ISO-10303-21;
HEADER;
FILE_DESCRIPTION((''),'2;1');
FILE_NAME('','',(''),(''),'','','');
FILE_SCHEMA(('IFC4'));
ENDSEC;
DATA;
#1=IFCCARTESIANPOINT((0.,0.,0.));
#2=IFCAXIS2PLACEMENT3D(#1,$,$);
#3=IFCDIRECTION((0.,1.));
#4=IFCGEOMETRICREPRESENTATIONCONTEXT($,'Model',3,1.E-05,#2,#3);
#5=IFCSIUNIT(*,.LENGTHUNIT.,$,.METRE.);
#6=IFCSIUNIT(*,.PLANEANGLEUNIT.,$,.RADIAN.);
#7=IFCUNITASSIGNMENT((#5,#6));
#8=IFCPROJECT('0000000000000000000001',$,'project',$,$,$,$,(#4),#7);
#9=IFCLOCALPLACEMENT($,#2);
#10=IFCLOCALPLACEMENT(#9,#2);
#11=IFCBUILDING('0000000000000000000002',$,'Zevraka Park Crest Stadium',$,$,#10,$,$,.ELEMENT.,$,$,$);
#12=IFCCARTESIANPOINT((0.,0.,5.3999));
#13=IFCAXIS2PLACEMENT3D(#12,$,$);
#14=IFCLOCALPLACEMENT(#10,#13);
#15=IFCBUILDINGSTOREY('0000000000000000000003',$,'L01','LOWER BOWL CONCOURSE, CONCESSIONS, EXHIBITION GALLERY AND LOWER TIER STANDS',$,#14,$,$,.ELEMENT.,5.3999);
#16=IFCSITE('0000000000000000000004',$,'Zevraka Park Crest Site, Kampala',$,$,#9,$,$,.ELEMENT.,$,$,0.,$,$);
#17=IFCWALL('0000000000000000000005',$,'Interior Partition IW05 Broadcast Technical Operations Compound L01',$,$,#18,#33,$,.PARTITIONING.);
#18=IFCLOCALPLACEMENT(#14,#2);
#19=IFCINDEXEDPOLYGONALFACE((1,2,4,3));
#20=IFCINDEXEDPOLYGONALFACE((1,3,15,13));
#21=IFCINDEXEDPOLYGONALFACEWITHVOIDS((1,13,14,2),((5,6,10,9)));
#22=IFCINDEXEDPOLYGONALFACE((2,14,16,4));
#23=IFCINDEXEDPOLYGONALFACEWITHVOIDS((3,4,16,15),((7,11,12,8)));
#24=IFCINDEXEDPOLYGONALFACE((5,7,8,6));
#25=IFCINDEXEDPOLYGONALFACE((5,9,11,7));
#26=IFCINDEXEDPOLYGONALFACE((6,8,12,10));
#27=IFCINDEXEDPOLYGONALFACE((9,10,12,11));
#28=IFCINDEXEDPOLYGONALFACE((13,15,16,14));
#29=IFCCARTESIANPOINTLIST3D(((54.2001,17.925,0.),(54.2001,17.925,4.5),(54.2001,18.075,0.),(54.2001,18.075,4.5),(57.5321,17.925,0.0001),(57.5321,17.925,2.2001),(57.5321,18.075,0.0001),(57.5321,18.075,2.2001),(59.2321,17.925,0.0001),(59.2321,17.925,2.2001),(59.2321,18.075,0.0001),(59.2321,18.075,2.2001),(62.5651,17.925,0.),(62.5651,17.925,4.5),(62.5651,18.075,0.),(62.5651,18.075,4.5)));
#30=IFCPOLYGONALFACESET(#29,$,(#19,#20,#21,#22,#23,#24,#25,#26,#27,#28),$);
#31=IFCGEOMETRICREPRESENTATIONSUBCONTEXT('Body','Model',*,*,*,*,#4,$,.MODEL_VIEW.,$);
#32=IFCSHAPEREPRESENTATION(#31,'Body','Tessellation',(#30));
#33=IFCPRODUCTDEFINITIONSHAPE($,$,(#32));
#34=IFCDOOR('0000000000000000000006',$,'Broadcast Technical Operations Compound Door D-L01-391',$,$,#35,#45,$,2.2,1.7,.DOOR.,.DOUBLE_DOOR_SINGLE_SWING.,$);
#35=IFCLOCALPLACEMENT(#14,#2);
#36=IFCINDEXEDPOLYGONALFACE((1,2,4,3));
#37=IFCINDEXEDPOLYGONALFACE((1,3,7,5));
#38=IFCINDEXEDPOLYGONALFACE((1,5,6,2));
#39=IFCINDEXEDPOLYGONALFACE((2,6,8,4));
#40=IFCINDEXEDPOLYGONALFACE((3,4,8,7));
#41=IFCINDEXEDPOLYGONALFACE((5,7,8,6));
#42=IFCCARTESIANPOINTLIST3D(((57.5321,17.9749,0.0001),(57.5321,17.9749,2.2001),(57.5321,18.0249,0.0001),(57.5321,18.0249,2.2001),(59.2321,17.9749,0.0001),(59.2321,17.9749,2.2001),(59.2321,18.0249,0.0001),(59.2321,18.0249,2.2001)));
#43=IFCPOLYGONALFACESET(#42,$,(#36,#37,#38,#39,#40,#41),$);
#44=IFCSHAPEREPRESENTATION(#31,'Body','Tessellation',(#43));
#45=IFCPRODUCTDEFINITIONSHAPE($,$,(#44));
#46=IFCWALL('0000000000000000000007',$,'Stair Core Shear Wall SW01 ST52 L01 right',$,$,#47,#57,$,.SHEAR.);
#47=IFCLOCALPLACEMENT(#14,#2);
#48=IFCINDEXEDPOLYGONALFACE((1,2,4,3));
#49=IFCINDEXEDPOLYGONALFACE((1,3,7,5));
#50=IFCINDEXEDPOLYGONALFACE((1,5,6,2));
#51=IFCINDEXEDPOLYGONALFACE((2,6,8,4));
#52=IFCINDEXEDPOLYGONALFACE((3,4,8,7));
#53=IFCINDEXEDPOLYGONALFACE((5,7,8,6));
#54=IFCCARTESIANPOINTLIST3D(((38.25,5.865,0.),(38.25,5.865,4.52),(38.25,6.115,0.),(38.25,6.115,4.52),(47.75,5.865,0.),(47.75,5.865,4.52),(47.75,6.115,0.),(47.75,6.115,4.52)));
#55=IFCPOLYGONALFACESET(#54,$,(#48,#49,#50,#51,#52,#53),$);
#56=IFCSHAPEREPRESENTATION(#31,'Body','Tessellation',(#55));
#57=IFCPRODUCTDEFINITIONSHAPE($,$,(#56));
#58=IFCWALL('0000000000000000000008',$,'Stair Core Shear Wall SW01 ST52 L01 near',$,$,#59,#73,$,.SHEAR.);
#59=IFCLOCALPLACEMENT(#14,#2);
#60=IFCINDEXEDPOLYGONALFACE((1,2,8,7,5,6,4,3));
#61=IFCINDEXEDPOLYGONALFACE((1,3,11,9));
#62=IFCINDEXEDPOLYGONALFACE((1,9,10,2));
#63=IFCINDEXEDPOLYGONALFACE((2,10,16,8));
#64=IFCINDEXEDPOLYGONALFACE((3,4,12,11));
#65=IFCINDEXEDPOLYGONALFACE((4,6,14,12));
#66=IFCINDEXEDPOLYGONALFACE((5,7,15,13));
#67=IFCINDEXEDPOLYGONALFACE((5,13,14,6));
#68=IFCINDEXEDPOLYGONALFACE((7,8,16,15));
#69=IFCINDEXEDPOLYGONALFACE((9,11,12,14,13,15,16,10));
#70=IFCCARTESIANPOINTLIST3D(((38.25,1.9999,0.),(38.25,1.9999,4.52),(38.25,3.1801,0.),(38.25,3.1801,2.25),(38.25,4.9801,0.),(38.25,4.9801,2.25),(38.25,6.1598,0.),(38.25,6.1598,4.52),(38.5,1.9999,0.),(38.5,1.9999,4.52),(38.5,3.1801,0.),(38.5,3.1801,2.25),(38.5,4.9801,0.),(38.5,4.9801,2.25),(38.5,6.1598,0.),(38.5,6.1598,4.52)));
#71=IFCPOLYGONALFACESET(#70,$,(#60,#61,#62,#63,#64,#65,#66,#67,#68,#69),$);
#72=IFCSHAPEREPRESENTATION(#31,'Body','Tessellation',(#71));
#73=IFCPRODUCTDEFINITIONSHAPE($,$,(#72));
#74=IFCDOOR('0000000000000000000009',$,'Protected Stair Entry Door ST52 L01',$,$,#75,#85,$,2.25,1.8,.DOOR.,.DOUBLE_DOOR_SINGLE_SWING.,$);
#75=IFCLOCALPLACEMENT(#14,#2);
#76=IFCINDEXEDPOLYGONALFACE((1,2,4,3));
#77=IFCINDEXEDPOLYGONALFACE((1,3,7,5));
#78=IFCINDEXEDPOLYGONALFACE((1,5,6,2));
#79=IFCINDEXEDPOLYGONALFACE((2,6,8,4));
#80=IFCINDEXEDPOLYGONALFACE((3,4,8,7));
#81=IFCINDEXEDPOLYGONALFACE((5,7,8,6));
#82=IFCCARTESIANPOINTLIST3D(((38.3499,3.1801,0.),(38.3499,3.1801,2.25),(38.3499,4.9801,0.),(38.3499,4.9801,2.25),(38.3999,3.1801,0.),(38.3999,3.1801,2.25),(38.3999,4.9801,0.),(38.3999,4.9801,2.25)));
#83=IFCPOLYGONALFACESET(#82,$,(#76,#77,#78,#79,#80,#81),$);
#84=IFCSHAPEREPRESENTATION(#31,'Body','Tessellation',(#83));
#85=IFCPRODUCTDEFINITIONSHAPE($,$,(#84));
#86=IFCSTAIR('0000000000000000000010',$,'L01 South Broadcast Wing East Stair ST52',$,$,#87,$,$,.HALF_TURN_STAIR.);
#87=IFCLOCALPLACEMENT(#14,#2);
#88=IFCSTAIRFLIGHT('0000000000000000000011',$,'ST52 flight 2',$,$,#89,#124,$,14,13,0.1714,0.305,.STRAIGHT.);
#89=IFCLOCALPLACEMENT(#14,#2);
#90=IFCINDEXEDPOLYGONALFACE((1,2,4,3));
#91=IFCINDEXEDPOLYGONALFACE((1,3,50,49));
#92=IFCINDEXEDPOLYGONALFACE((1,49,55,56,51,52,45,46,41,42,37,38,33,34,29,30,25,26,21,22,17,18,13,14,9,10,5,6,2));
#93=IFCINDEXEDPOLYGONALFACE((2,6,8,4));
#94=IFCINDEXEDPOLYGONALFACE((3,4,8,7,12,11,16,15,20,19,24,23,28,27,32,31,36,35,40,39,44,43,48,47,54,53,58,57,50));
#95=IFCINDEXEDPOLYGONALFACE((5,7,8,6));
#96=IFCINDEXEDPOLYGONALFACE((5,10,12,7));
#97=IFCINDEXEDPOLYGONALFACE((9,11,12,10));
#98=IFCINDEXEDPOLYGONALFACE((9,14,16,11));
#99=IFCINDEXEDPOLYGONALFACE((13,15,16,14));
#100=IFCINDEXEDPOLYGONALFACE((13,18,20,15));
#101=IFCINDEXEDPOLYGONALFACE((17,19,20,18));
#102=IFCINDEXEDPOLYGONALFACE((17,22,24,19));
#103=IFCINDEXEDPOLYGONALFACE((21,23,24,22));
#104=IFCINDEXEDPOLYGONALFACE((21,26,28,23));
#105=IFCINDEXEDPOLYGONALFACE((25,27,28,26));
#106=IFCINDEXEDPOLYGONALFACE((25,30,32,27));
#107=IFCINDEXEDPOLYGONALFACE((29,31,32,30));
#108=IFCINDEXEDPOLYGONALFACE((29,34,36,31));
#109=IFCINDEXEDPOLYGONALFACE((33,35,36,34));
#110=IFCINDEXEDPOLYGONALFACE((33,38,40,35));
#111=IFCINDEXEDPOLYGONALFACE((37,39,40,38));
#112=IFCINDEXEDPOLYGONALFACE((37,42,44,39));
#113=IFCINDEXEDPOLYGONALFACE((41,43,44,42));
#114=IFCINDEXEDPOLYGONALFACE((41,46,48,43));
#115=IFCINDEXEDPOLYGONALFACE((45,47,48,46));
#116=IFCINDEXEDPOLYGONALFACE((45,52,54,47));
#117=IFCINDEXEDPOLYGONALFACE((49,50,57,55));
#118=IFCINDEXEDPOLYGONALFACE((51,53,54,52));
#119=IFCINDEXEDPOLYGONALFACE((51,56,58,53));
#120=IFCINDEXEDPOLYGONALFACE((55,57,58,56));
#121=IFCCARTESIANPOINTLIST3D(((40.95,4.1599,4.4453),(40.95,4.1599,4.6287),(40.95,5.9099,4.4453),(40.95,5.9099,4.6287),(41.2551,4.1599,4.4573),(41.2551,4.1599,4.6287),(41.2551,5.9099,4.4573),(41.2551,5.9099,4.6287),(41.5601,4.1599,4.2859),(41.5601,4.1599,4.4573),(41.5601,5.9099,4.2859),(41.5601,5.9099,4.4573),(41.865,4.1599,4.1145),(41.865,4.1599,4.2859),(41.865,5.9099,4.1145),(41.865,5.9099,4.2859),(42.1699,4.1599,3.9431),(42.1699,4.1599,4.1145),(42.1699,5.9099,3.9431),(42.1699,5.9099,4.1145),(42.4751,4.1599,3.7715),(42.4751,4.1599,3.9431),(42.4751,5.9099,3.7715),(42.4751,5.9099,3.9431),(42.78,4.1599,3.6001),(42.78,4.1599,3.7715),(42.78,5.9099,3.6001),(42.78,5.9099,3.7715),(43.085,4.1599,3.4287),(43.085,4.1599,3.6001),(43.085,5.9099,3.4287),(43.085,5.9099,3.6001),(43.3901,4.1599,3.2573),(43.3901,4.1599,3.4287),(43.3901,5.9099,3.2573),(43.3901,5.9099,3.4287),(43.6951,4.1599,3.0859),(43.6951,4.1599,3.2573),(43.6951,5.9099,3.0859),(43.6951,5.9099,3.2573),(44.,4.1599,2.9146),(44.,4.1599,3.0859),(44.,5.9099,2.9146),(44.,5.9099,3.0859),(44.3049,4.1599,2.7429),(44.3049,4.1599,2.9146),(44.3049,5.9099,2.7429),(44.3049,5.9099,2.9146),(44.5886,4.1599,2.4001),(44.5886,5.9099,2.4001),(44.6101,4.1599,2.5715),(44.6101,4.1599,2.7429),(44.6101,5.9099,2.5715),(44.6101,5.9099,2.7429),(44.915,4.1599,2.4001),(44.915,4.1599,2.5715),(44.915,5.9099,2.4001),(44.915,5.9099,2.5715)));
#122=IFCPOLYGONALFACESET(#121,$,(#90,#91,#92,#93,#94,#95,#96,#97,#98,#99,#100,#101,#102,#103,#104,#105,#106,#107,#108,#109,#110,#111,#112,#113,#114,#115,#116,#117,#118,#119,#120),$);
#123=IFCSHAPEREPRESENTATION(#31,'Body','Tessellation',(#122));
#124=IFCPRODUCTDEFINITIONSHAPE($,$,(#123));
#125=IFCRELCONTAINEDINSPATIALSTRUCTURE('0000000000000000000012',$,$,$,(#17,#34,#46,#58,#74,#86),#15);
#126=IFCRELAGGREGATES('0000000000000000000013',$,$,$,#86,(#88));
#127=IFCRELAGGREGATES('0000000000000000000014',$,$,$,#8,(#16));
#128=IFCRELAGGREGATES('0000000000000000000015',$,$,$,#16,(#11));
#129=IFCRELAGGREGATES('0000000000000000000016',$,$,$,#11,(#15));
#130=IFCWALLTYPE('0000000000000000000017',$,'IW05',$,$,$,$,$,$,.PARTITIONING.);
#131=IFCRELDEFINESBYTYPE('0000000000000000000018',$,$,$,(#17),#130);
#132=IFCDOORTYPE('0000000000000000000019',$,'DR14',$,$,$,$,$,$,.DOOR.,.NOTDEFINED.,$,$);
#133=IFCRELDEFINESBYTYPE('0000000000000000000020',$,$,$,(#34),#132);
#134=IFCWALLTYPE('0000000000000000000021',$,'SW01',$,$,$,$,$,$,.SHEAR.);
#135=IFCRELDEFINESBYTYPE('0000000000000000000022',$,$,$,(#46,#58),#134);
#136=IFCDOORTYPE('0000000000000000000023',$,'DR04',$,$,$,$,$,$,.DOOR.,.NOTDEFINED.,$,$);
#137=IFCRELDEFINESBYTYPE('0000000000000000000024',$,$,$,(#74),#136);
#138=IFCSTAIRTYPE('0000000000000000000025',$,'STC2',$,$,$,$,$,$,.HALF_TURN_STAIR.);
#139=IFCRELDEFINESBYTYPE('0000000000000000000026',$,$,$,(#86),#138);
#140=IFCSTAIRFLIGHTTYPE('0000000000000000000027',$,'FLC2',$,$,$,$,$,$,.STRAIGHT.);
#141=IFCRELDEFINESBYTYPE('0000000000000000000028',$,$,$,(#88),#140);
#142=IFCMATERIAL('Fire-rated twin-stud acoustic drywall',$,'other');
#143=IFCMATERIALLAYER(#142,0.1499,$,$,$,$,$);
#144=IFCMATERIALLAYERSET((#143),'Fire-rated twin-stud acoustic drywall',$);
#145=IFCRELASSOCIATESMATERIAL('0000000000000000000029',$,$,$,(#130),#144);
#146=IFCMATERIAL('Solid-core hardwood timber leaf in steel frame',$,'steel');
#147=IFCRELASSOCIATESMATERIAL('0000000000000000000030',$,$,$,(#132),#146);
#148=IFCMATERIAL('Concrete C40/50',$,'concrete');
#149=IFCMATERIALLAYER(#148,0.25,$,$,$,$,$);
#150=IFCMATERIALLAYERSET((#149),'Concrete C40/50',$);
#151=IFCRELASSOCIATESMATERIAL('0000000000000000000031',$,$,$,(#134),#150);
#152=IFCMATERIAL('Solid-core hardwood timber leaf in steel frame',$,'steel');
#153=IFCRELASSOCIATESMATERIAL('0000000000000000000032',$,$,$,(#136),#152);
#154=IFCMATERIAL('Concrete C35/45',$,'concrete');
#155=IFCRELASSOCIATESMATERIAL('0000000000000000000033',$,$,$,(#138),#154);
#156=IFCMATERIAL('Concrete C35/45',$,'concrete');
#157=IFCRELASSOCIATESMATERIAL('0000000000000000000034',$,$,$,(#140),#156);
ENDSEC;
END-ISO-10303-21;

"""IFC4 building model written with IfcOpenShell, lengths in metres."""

from ifc_helpers import new_model, si_unit, direction, frame, frame_2d, origin, place, context, subcontext, project, spatial, polyline, rectangle, outline, extrude, material, layer, layer_set, type_object, element, fill, aggregate, save


model = new_model("IFC4")

# Units and contexts
model_context = context("Model", 3, precision=1e-05, world=origin(), true_north=direction((0.0, 1.0)))
body_context = subcontext(model_context, "Body", "Model", "MODEL_VIEW")
ifc_project = project(units=[si_unit("LENGTHUNIT", "METRE"), si_unit("PLANEANGLEUNIT", "RADIAN")], contexts=[model_context])

# Site, building, storey
site_placement = place(None, origin())
site = spatial("IfcSite", under=ifc_project, at=site_placement, Name="Zevraka Park Crest Site, Kampala", CompositionType="ELEMENT", RefElevation=0.0)
building_placement = place(site_placement, origin())
building = spatial("IfcBuilding", under=site, at=building_placement, Name="Zevraka Park Crest Stadium", CompositionType="ELEMENT")
storey_placement = place(building_placement, frame((0.0, 0.0, 5.3999)))
storey = spatial("IfcBuildingStorey", under=building, at=storey_placement, Name="L01", Description="LOWER BOWL CONCOURSE, CONCESSIONS, EXHIBITION GALLERY AND LOWER TIER STANDS", CompositionType="ELEMENT", Elevation=5.3999)

# Wall, opening, door
ifc_material_1 = material(Name="Fire-rated twin-stud acoustic drywall", Category="other")
ifc_layer_1 = layer(ifc_material_1, 0.1499)
ifc_layer_set_1 = layer_set([ifc_layer_1], Name="Fire-rated twin-stud acoustic drywall")
wall_type_1 = type_object("IfcWallType", Name="IW05", PredefinedType="PARTITIONING", material=ifc_layer_set_1)
wall_1_placement = place(storey_placement, frame((54.2, 18.0, 0.0), z_axis=(0.0, 0.0, 1.0), x_axis=(1.0, 0.0, 0.0)))
wall_1 = element("IfcWall", 1, at=wall_1_placement, inside=storey, type_object=wall_type_1, Name="Interior Partition IW05 Broadcast Technical Operations Compound L01", PredefinedType="PARTITIONING", context=body_context, shape_type="SweptSolid", body=[
    extrude(rectangle(XDim=8.365, YDim=0.1499, at=frame_2d((4.1826, 0.0))), origin(), (0.0, 0.0, 1.0), 4.5),
])
opening_1_placement = place(wall_1_placement, frame((3.332, 0.0, 0.0)))
opening_1 = element("IfcOpeningElement", 2, at=opening_1_placement, cuts=wall_1, PredefinedType="OPENING", context=body_context, shape_type="SweptSolid", body=[
    extrude(rectangle(XDim=1.7, YDim=2.2, at=frame_2d((0.8501, 1.1001))), frame((0.0, 0.085, 0.0), z_axis=(0.0, -1.0, 0.0), x_axis=(1.0, 0.0, 0.0)), (0.0, 0.0, 1.0), 0.1699),
])
ifc_material_2 = material(Name="Solid-core hardwood timber leaf in steel frame", Category="steel")
door_type_1 = type_object("IfcDoorType", Name="DR14", OperationType="NOTDEFINED", PredefinedType="DOOR", material=ifc_material_2)
door_1_placement = place(opening_1_placement, origin())
door_1 = element("IfcDoor", 3, at=door_1_placement, inside=storey, type_object=door_type_1, Name="Broadcast Technical Operations Compound Door D-L01-391", OperationType="DOUBLE_DOOR_SINGLE_SWING", OverallHeight=2.2, OverallWidth=1.7, PredefinedType="DOOR", context=body_context, shape_type="SweptSolid", body=[
    extrude(rectangle(XDim=1.7, YDim=2.2, at=frame_2d((0.8501, 1.1001))), frame((0.0, 0.0249, 0.0), z_axis=(0.0, -1.0, 0.0), x_axis=(1.0, 0.0, 0.0)), (0.0, 0.0, 1.0), 0.05),
])
fill(opening_1, door_1)

# Wall
ifc_material_3 = material(Name="Concrete C40/50", Category="concrete")
ifc_layer_2 = layer(ifc_material_3, 0.25)
ifc_layer_set_2 = layer_set([ifc_layer_2], Name="Concrete C40/50")
wall_type_2 = type_object("IfcWallType", Name="SW01", PredefinedType="SHEAR", material=ifc_layer_set_2)
wall_2_placement = place(storey_placement, frame((47.75, 5.99, 0.0), z_axis=(0.0, 0.0, 1.0), x_axis=(-1.0, 0.0, 0.0)))
element("IfcWall", 4, at=wall_2_placement, inside=storey, type_object=wall_type_2, Name="Stair Core Shear Wall SW01 ST52 L01 right", PredefinedType="SHEAR", context=body_context, shape_type="SweptSolid", body=[
    extrude(rectangle(XDim=9.5, YDim=0.25, at=frame_2d((4.75, 0.0))), origin(), (0.0, 0.0, 1.0), 4.52),
])

# Wall, opening, door
wall_3_placement = place(storey_placement, frame((38.375, 6.1599, 0.0), z_axis=(0.0, 0.0, 1.0), x_axis=(0.0, -1.0, 0.0)))
wall_3 = element("IfcWall", 5, at=wall_3_placement, inside=storey, type_object=wall_type_2, Name="Stair Core Shear Wall SW01 ST52 L01 near", PredefinedType="SHEAR", context=body_context, shape_type="SweptSolid", body=[
    extrude(rectangle(XDim=4.1599, YDim=0.25, at=frame_2d((2.0801, 0.0))), origin(), (0.0, 0.0, 1.0), 4.52),
])
opening_2_placement = place(wall_3_placement, frame((1.1799, 0.0, 0.0)))
opening_2 = element("IfcOpeningElement", 6, at=opening_2_placement, cuts=wall_3, PredefinedType="OPENING", context=body_context, shape_type="SweptSolid", body=[
    extrude(rectangle(XDim=1.8, YDim=2.25, at=frame_2d((0.8999, 1.125))), frame((0.0, 0.135, 0.0), z_axis=(0.0, -1.0, 0.0), x_axis=(1.0, 0.0, 0.0)), (0.0, 0.0, 1.0), 0.27),
])
ifc_material_4 = material(Name="Solid-core hardwood timber leaf in steel frame", Category="steel")
door_type_2 = type_object("IfcDoorType", Name="DR04", OperationType="NOTDEFINED", PredefinedType="DOOR", material=ifc_material_4)
door_2_placement = place(opening_2_placement, origin())
door_2 = element("IfcDoor", 7, at=door_2_placement, inside=storey, type_object=door_type_2, Name="Protected Stair Entry Door ST52 L01", OperationType="DOUBLE_DOOR_SINGLE_SWING", OverallHeight=2.25, OverallWidth=1.8, PredefinedType="DOOR", context=body_context, shape_type="SweptSolid", body=[
    extrude(rectangle(XDim=1.8, YDim=2.25, at=frame_2d((0.8999, 1.125))), frame((0.0, 0.0249, 0.0), z_axis=(0.0, -1.0, 0.0), x_axis=(1.0, 0.0, 0.0)), (0.0, 0.0, 1.0), 0.05),
])
fill(opening_2, door_2)

# Stair, stair flight
ifc_material_5 = material(Name="Concrete C35/45", Category="concrete")
stair_type = type_object("IfcStairType", Name="STC2", PredefinedType="HALF_TURN_STAIR", material=ifc_material_5)
stair_placement = place(storey_placement, origin())
stair = element("IfcStair", 8, at=stair_placement, inside=storey, type_object=stair_type, Name="L01 South Broadcast Wing East Stair ST52", PredefinedType="HALF_TURN_STAIR")
ifc_material_6 = material(Name="Concrete C35/45", Category="concrete")
stair_flight_type = type_object("IfcStairFlightType", Name="FLC2", PredefinedType="STRAIGHT", material=ifc_material_6)
stair_flight_placement = place(storey_placement, frame((44.915, 5.0349, 2.4001), z_axis=(0.0, 0.0, 1.0), x_axis=(-1.0, 0.0, 0.0)))
stair_flight = element("IfcStairFlight", 9, at=stair_flight_placement, type_object=stair_flight_type, Name="ST52 flight 2", NumberOfRisers=14, NumberOfTreads=13, PredefinedType="STRAIGHT", RiserHeight=0.1714, TreadLength=0.305, context=body_context, shape_type="SweptSolid", body=[
    extrude(outline(polyline([(0.0, 0.0), (0.0, 0.1714), (0.3049, 0.1714), (0.3049, 0.3428), (0.6101, 0.3428), (0.6101, 0.5144), (0.915, 0.5144), (0.915, 0.6858), (1.22, 0.6858), (1.22, 0.8572), (1.5249, 0.8572), (1.5249, 1.0286), (1.8301, 1.0286), (1.8301, 1.2), (2.135, 1.2), (2.135, 1.3713), (2.4399, 1.3713), (2.4399, 1.543), (2.7451, 1.543), (2.7451, 1.7144), (3.05, 1.7144), (3.05, 1.8857), (3.355, 1.8857), (3.355, 2.0571), (3.6599, 2.0571), (3.6599, 2.2285), (3.9651, 2.2285), (3.9651, 2.3999), (3.9651, 2.0452), (0.3264, 0.0), (0.0, 0.0)])), frame((0.0, 0.875, 0.0), z_axis=(0.0, -1.0, 0.0), x_axis=(1.0, 0.0, 0.0)), (0.0, 0.0, 1.0), 1.75),
])
aggregate(stair, [stair_flight])

save(model, "model.ifc")
